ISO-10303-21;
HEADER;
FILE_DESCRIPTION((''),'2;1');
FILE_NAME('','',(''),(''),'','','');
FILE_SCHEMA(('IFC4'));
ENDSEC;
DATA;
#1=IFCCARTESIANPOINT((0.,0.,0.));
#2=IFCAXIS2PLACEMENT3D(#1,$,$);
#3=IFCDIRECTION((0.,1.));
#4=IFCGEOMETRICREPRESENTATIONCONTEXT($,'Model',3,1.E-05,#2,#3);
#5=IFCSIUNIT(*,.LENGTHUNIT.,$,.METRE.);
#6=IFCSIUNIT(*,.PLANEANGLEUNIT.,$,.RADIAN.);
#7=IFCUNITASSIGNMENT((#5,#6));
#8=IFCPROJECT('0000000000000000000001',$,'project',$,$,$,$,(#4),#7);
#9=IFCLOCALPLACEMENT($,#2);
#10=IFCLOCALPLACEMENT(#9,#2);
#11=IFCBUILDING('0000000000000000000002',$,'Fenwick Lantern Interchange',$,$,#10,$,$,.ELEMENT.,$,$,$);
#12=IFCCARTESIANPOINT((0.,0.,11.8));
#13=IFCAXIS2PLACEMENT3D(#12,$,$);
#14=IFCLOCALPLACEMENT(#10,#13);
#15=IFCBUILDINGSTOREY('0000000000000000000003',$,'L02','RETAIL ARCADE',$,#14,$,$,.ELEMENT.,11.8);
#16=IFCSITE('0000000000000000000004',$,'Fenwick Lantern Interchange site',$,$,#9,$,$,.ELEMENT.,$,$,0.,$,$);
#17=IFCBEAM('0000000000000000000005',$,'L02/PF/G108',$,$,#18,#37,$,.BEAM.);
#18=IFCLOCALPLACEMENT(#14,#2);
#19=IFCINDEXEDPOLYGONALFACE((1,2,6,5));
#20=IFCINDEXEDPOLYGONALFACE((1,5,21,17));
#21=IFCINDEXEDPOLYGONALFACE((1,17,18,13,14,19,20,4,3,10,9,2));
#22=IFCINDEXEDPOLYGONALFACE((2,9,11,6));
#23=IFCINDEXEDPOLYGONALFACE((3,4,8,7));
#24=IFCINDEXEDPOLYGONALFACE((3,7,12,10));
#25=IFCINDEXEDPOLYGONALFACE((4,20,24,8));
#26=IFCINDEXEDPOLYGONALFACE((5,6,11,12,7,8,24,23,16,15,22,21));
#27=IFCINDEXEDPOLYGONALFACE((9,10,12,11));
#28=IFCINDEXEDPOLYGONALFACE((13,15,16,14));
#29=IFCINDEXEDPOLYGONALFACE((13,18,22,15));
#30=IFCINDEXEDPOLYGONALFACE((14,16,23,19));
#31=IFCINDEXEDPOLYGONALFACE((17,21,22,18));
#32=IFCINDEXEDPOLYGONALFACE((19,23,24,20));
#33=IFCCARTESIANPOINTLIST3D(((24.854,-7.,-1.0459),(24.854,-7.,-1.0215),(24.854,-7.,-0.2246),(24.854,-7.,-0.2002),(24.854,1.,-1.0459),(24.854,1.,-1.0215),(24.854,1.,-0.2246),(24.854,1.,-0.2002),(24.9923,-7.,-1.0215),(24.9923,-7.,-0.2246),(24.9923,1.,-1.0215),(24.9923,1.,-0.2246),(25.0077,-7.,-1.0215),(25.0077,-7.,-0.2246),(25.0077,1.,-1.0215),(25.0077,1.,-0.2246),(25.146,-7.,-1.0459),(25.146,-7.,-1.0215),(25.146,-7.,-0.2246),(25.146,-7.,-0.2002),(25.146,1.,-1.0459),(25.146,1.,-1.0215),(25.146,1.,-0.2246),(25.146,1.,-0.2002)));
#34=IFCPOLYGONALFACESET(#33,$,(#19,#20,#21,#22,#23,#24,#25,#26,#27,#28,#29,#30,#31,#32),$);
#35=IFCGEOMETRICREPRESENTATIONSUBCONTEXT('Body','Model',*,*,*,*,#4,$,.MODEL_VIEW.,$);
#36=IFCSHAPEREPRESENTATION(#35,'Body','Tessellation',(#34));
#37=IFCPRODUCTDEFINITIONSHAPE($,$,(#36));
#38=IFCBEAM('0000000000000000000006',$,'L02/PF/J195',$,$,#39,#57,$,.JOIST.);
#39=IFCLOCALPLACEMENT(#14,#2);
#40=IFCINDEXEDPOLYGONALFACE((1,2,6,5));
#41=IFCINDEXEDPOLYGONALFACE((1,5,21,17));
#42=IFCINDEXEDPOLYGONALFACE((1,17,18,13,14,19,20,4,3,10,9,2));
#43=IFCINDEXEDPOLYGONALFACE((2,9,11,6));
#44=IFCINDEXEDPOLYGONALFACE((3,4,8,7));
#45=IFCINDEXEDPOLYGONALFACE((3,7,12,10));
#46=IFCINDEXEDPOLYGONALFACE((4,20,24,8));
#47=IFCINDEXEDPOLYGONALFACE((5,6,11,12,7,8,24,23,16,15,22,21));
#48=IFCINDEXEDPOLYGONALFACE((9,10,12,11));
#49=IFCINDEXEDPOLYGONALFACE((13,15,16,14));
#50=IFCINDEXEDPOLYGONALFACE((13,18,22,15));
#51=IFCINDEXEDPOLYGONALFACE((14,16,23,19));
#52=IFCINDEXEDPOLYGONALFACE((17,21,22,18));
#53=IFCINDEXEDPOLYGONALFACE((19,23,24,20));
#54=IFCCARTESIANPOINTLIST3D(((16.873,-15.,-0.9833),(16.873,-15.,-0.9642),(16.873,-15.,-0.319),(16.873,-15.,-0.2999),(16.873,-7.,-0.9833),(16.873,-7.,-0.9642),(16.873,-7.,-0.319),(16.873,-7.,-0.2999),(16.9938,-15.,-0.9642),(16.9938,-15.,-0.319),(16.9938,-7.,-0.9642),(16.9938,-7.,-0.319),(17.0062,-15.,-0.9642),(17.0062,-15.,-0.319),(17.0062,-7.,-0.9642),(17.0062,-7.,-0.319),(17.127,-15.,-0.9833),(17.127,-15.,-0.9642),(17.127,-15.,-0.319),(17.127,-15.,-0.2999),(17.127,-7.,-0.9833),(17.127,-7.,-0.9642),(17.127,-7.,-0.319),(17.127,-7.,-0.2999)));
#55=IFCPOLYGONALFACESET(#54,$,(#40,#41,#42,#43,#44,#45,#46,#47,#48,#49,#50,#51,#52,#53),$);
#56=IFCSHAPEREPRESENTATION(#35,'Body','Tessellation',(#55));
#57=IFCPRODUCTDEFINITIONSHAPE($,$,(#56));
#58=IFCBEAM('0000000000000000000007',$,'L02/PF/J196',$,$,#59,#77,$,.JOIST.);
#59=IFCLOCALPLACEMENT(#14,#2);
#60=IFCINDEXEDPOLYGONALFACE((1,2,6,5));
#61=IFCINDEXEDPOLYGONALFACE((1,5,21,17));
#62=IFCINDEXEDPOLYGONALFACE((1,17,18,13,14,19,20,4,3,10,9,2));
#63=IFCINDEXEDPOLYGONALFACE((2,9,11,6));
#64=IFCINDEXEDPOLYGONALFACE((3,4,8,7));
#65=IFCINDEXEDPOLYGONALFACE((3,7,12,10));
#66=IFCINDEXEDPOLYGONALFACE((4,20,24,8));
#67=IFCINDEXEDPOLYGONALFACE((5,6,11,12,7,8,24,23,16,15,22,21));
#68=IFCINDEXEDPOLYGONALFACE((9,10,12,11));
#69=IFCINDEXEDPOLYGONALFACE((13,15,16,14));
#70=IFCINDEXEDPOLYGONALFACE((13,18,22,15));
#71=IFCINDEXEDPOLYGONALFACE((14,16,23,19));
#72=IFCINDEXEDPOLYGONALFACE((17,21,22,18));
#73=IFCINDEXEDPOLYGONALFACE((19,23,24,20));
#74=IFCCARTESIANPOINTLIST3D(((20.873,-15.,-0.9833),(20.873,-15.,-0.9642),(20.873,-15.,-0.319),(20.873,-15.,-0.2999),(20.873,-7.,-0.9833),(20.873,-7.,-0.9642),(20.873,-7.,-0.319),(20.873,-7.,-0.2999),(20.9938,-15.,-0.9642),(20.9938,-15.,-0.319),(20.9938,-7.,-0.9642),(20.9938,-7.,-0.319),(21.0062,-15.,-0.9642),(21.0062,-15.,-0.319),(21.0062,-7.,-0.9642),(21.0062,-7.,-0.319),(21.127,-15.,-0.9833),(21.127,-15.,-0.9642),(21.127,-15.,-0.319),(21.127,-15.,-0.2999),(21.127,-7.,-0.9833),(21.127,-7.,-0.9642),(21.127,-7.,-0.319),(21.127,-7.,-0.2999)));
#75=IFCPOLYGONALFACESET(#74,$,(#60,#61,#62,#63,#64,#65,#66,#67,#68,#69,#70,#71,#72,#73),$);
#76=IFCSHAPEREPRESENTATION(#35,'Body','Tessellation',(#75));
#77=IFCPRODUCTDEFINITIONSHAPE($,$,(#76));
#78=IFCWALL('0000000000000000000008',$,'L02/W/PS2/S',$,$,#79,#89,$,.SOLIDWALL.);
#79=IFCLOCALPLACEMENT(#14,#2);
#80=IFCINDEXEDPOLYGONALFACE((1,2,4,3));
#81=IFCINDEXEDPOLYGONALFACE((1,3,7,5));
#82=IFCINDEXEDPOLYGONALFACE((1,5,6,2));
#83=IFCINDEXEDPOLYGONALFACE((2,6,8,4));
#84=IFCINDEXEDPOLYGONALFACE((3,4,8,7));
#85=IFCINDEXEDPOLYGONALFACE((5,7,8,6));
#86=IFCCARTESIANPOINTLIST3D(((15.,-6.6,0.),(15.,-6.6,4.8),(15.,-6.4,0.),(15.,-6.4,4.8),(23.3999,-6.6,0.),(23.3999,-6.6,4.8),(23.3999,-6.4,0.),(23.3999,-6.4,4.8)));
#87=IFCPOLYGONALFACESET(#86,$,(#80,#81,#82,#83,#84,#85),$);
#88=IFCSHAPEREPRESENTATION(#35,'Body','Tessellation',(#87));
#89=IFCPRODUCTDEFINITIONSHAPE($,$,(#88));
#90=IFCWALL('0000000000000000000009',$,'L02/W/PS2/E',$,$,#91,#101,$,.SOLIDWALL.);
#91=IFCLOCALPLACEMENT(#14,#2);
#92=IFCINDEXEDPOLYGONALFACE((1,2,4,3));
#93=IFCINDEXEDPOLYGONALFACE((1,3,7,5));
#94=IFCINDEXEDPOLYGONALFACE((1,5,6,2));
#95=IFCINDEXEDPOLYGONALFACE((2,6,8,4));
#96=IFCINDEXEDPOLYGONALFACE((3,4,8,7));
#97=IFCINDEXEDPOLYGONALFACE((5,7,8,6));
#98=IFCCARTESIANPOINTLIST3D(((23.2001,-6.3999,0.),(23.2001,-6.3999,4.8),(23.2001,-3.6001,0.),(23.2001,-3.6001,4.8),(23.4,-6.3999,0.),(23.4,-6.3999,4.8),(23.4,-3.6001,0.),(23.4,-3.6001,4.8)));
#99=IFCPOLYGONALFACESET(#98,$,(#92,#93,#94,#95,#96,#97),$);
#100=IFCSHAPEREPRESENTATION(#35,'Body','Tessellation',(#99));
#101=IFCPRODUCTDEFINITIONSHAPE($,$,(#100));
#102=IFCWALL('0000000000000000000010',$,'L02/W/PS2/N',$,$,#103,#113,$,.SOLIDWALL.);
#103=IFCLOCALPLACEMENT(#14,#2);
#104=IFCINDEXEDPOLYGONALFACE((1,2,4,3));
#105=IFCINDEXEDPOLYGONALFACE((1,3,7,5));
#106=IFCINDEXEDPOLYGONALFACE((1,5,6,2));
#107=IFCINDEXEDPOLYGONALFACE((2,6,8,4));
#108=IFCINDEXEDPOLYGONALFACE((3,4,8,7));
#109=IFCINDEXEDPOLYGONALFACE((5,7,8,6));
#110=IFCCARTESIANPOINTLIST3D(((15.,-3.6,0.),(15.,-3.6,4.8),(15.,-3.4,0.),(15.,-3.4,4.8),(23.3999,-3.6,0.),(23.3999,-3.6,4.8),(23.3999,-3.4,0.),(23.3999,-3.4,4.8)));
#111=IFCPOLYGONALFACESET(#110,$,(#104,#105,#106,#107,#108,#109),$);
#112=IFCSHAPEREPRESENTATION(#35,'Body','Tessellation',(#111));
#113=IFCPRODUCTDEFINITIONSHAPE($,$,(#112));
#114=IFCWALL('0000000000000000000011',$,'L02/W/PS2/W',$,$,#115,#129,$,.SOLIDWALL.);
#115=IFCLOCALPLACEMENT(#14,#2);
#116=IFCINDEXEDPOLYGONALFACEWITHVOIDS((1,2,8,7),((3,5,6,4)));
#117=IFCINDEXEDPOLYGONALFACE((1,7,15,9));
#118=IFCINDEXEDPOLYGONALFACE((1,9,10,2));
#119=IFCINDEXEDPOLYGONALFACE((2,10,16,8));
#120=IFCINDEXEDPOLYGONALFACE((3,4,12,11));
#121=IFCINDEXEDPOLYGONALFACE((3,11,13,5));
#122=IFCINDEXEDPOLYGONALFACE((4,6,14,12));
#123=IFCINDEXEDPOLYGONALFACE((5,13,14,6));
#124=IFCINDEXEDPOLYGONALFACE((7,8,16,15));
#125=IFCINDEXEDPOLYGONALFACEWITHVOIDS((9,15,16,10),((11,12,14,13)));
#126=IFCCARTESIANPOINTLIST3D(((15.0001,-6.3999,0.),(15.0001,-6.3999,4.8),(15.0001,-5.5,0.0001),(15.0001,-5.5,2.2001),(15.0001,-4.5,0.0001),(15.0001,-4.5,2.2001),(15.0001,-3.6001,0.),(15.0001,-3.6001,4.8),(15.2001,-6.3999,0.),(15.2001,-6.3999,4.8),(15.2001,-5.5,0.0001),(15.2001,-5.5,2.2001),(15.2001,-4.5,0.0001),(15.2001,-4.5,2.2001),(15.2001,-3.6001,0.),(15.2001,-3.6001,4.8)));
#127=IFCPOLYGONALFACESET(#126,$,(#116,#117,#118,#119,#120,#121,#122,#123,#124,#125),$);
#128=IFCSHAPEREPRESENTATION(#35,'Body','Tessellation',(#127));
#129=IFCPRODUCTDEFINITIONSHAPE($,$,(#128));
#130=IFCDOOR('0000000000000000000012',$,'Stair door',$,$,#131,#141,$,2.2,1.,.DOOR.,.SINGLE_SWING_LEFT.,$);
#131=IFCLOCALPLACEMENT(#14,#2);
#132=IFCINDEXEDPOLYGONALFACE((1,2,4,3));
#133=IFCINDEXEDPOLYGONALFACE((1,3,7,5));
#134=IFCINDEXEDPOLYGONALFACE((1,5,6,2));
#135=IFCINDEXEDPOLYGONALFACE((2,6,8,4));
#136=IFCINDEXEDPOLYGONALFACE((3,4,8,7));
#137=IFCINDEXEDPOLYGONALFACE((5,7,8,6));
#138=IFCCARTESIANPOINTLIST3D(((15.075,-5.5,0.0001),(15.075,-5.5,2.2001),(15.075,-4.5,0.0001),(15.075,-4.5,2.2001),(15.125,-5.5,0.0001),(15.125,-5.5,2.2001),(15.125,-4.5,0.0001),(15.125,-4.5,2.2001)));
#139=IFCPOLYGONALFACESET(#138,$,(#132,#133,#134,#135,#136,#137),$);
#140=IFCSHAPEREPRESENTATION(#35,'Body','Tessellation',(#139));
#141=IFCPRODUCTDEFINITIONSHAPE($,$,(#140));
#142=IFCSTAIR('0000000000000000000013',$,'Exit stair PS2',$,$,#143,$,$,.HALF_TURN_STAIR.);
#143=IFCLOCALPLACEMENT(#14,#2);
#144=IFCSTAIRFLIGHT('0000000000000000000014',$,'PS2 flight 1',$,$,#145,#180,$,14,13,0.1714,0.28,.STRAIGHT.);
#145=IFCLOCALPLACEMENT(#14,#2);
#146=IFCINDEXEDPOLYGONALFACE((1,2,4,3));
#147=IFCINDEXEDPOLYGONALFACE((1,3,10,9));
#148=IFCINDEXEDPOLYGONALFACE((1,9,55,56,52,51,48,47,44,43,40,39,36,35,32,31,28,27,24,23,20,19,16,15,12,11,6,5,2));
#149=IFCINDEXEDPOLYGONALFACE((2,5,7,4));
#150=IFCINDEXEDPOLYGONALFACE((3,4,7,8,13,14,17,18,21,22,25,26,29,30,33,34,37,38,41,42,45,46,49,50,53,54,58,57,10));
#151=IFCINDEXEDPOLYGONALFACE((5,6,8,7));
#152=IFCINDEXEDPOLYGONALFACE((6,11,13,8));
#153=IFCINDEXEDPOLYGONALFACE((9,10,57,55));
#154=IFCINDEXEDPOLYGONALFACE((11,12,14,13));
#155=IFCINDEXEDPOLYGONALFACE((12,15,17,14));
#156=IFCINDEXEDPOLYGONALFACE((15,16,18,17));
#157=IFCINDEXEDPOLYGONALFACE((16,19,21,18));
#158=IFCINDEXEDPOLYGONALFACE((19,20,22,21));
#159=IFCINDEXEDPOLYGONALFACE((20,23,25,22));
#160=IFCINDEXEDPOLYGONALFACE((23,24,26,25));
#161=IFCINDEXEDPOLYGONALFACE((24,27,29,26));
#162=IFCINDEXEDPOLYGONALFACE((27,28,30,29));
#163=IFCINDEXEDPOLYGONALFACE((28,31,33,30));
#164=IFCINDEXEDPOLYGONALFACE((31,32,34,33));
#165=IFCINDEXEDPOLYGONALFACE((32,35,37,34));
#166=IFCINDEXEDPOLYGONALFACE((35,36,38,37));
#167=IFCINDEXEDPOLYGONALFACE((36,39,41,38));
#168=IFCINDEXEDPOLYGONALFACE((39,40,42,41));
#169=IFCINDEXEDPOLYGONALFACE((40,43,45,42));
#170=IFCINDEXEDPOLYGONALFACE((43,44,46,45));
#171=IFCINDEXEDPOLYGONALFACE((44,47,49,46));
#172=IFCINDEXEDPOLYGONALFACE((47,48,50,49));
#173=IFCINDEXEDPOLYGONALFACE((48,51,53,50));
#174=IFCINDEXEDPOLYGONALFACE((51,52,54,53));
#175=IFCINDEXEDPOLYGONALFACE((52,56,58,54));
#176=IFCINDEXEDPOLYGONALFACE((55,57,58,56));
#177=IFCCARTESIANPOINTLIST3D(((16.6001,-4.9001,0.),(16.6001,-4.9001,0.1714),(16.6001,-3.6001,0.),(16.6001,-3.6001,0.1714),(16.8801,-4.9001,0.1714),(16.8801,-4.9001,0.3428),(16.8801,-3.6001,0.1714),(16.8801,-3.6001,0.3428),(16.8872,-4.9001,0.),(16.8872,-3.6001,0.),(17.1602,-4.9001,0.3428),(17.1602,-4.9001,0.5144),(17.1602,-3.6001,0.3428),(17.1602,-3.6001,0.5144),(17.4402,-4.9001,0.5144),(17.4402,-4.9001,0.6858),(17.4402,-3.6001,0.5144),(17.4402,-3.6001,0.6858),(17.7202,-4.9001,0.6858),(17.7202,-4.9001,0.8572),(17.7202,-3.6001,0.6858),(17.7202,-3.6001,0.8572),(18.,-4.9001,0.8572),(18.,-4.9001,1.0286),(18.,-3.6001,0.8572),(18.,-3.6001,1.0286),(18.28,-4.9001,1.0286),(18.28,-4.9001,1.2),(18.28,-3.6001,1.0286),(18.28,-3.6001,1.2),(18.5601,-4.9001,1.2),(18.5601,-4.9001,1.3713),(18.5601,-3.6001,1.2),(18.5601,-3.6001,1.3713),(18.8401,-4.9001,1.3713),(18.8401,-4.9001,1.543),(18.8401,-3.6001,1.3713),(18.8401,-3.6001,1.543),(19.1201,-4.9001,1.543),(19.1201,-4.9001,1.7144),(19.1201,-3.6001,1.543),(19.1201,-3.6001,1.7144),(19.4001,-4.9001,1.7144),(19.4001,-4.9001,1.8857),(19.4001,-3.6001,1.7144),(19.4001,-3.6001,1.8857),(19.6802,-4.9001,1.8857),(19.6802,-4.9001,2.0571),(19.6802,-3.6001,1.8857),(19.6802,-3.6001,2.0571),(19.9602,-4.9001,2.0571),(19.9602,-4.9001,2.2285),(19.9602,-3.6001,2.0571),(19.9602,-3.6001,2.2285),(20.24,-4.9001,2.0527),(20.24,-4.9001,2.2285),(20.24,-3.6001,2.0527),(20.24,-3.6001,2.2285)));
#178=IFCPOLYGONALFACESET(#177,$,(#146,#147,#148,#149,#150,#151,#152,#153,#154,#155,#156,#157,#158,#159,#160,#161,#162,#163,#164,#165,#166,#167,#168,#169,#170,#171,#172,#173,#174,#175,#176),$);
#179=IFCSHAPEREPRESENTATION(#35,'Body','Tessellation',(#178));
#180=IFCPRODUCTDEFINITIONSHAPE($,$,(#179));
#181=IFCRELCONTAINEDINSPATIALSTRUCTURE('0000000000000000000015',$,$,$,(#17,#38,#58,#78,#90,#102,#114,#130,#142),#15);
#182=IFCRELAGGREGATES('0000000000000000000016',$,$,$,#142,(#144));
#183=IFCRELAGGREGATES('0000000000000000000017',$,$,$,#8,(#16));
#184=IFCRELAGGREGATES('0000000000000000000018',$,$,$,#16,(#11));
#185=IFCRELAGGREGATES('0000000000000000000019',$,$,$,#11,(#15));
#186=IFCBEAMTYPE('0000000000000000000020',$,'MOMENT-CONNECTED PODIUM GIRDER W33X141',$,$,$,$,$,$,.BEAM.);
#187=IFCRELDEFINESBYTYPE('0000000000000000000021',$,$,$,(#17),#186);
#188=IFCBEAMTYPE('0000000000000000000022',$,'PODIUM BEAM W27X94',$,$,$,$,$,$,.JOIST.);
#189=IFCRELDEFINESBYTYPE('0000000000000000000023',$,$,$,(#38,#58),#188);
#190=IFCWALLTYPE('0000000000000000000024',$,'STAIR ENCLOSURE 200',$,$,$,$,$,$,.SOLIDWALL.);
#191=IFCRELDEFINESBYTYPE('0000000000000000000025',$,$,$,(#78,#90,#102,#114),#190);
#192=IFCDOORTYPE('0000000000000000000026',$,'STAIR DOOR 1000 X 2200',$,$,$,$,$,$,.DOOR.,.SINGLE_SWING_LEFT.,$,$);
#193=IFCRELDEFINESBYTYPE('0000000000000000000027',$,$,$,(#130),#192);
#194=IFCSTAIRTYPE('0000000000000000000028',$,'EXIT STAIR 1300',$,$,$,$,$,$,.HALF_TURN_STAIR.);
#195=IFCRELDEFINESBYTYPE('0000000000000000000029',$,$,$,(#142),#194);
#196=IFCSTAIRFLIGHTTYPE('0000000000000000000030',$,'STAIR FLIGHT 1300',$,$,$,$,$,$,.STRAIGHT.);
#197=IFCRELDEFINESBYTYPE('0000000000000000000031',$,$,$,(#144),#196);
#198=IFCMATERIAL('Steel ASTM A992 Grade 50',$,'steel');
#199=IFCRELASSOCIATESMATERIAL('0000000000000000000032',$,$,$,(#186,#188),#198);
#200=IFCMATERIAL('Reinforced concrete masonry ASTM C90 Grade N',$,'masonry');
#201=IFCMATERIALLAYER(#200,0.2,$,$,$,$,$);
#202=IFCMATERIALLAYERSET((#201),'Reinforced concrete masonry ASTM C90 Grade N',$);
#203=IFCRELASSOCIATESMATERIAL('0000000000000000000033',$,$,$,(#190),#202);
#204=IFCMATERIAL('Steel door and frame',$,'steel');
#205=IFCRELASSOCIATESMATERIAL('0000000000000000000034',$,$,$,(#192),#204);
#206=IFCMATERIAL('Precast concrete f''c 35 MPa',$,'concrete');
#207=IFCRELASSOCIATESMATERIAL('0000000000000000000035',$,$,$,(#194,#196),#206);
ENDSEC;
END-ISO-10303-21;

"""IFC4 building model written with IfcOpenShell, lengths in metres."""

from ifc_helpers import new_model, si_unit, direction, frame, frame_2d, origin, origin_2d, place, context, subcontext, project, spatial, polyline, rectangle, i_section, outline, extrude, material, layer, layer_set, material_profile, profile_set, type_object, element, fill, aggregate, save


model = new_model("IFC4")

# Units and contexts
model_context = context("Model", 3, precision=1e-05, world=origin(), true_north=direction((0.0, 1.0)))
body_context = subcontext(model_context, "Body", "Model", "MODEL_VIEW")
ifc_project = project(units=[si_unit("LENGTHUNIT", "METRE"), si_unit("PLANEANGLEUNIT", "RADIAN")], contexts=[model_context])

# Site, building, storey
site_placement = place(None, origin())
site = spatial("IfcSite", under=ifc_project, at=site_placement, Name="Fenwick Lantern Interchange site", CompositionType="ELEMENT", RefElevation=0.0)
building_placement = place(site_placement, origin())
building = spatial("IfcBuilding", under=site, at=building_placement, Name="Fenwick Lantern Interchange", CompositionType="ELEMENT")
storey_placement = place(building_placement, frame((0.0, 0.0, 11.8)))
storey = spatial("IfcBuildingStorey", under=building, at=storey_placement, Name="L02", Description="RETAIL ARCADE", CompositionType="ELEMENT", Elevation=11.8)

# Shared definitions
ifc_material_1 = material(Name="Steel ASTM A992 Grade 50", Category="steel")

# Beams
ifc_material_profile_1 = material_profile(ifc_material_1, i_section(OverallWidth=0.292, OverallDepth=0.8457, WebThickness=0.0154, FlangeThickness=0.0244, at=origin_2d()), Name="W33X141")
ifc_profile_set_1 = profile_set([ifc_material_profile_1], Name="Steel ASTM A992 Grade 50")
beam_type_1 = type_object("IfcBeamType", Name="MOMENT-CONNECTED PODIUM GIRDER W33X141", PredefinedType="BEAM", material=ifc_profile_set_1)
for number, where, z_axis, x_axis, name in (
    (1, (25.0, -7.0, -0.623), (0.0, 1.0, 0.0), (-1.0, 0.0, 0.0), "L02/PF/G108"),
):
    element("IfcBeam", number, at=place(storey_placement, frame(where, z_axis=z_axis, x_axis=x_axis)), inside=storey, type_object=beam_type_1, Name=name, PredefinedType="BEAM", context=body_context, shape_type="SweptSolid", body=[
        extrude(i_section(OverallWidth=0.292, OverallDepth=0.8457, WebThickness=0.0154, FlangeThickness=0.0244, at=origin_2d()), origin(), (0.0, 0.0, 1.0), 8.0),
    ])
ifc_material_profile_2 = material_profile(ifc_material_1, i_section(OverallWidth=0.2539, OverallDepth=0.6833, WebThickness=0.0125, FlangeThickness=0.019, at=origin_2d()), Name="W27X94")
ifc_profile_set_2 = profile_set([ifc_material_profile_2], Name="Steel ASTM A992 Grade 50")
beam_type_2 = type_object("IfcBeamType", Name="PODIUM BEAM W27X94", PredefinedType="JOIST", material=ifc_profile_set_2)
for number, where, z_axis, x_axis, name in (
    (2, (17.0, -15.0, -0.6416), (0.0, 1.0, 0.0), (-1.0, 0.0, 0.0), "L02/PF/J195"),
    (3, (21.0, -15.0, -0.6416), (0.0, 1.0, 0.0), (-1.0, 0.0, 0.0), "L02/PF/J196"),
):
    element("IfcBeam", number, at=place(storey_placement, frame(where, z_axis=z_axis, x_axis=x_axis)), inside=storey, type_object=beam_type_2, Name=name, PredefinedType="JOIST", context=body_context, shape_type="SweptSolid", body=[
        extrude(i_section(OverallWidth=0.2539, OverallDepth=0.6833, WebThickness=0.0125, FlangeThickness=0.019, at=origin_2d()), origin(), (0.0, 0.0, 1.0), 8.0),
    ])

# Walls
ifc_material_2 = material(Name="Reinforced concrete masonry ASTM C90 Grade N", Category="masonry")
ifc_layer = layer(ifc_material_2, 0.2)
ifc_layer_set = layer_set([ifc_layer], Name="Reinforced concrete masonry ASTM C90 Grade N")
wall_type = type_object("IfcWallType", Name="STAIR ENCLOSURE 200", PredefinedType="SOLIDWALL", material=ifc_layer_set)
wall_1_placement = place(storey_placement, frame((15.0, -6.5, 0.0), z_axis=(0.0, 0.0, 1.0), x_axis=(1.0, 0.0, 0.0)))
element("IfcWall", 4, at=wall_1_placement, inside=storey, type_object=wall_type, Name="L02/W/PS2/S", PredefinedType="SOLIDWALL", context=body_context, shape_type="SweptSolid", body=[
    extrude(rectangle(XDim=8.3999, YDim=0.2, at=frame_2d((4.2, 0.0))), origin(), (0.0, 0.0, 1.0), 4.8),
])
wall_2_placement = place(storey_placement, frame((23.3, -6.3999, 0.0), z_axis=(0.0, 0.0, 1.0), x_axis=(0.0, 1.0, 0.0)))
element("IfcWall", 5, at=wall_2_placement, inside=storey, type_object=wall_type, Name="L02/W/PS2/E", PredefinedType="SOLIDWALL", context=body_context, shape_type="SweptSolid", body=[
    extrude(rectangle(XDim=2.7998, YDim=0.2, at=frame_2d((1.3999, 0.0))), origin(), (0.0, 0.0, 1.0), 4.8),
])
wall_3_placement = place(storey_placement, frame((23.3999, -3.5, 0.0), z_axis=(0.0, 0.0, 1.0), x_axis=(-1.0, 0.0, 0.0)))
element("IfcWall", 6, at=wall_3_placement, inside=storey, type_object=wall_type, Name="L02/W/PS2/N", PredefinedType="SOLIDWALL", context=body_context, shape_type="SweptSolid", body=[
    extrude(rectangle(XDim=8.3999, YDim=0.2, at=frame_2d((4.2, 0.0))), origin(), (0.0, 0.0, 1.0), 4.8),
])

# Wall, opening, door
wall_4_placement = place(storey_placement, frame((15.1001, -3.6001, 0.0), z_axis=(0.0, 0.0, 1.0), x_axis=(0.0, -1.0, 0.0)))
wall_4 = element("IfcWall", 7, at=wall_4_placement, inside=storey, type_object=wall_type, Name="L02/W/PS2/W", PredefinedType="SOLIDWALL", context=body_context, shape_type="SweptSolid", body=[
    extrude(rectangle(XDim=2.7998, YDim=0.2, at=frame_2d((1.3999, 0.0))), origin(), (0.0, 0.0, 1.0), 4.8),
])
opening_placement = place(wall_4_placement, frame((0.8999, 0.0, 0.0)))
opening = element("IfcOpeningElement", 8, at=opening_placement, cuts=wall_4, PredefinedType="OPENING", context=body_context, shape_type="SweptSolid", body=[
    extrude(rectangle(XDim=1.0, YDim=2.2, at=frame_2d((0.5, 1.1001))), frame((0.0, 0.1099, 0.0), z_axis=(0.0, -1.0, 0.0), x_axis=(1.0, 0.0, 0.0)), (0.0, 0.0, 1.0), 0.22),
])
ifc_material_3 = material(Name="Steel door and frame", Category="steel")
door_type = type_object("IfcDoorType", Name="STAIR DOOR 1000 X 2200", OperationType="SINGLE_SWING_LEFT", PredefinedType="DOOR", material=ifc_material_3)
door_placement = place(opening_placement, origin())
door = element("IfcDoor", 9, at=door_placement, inside=storey, type_object=door_type, Name="Stair door", OperationType="SINGLE_SWING_LEFT", OverallHeight=2.2, OverallWidth=1.0, PredefinedType="DOOR", context=body_context, shape_type="SweptSolid", body=[
    extrude(rectangle(XDim=1.0, YDim=2.2, at=frame_2d((0.5, 1.1001))), frame((0.0, 0.0249, 0.0), z_axis=(0.0, -1.0, 0.0), x_axis=(1.0, 0.0, 0.0)), (0.0, 0.0, 1.0), 0.05),
])
fill(opening, door)

# Stair, stair flight
ifc_material_4 = material(Name="Precast concrete f'c 35 MPa", Category="concrete")
stair_type = type_object("IfcStairType", Name="EXIT STAIR 1300", PredefinedType="HALF_TURN_STAIR", material=ifc_material_4)
stair_placement = place(storey_placement, origin())
stair = element("IfcStair", 10, at=stair_placement, inside=storey, type_object=stair_type, Name="Exit stair PS2", PredefinedType="HALF_TURN_STAIR")
stair_flight_type = type_object("IfcStairFlightType", Name="STAIR FLIGHT 1300", PredefinedType="STRAIGHT", material=ifc_material_4)
stair_flight_1_placement = place(storey_placement, frame((16.6001, -4.25, 0.0), z_axis=(0.0, 0.0, 1.0), x_axis=(1.0, 0.0, 0.0)))
stair_flight_1 = element("IfcStairFlight", 11, at=stair_flight_1_placement, type_object=stair_flight_type, Name="PS2 flight 1", NumberOfRisers=14, NumberOfTreads=13, PredefinedType="STRAIGHT", RiserHeight=0.1714, TreadLength=0.28, context=body_context, shape_type="SweptSolid", body=[
    extrude(outline(polyline([(0.0, 0.0), (0.0, 0.1714), (0.28, 0.1714), (0.28, 0.3428), (0.5601, 0.3428), (0.5601, 0.5144), (0.8401, 0.5144), (0.8401, 0.6858), (1.1201, 0.6858), (1.1201, 0.8572), (1.3999, 0.8572), (1.3999, 1.0286), (1.6799, 1.0286), (1.6799, 1.2), (1.96, 1.2), (1.96, 1.3713), (2.24, 1.3713), (2.24, 1.543), (2.52, 1.543), (2.52, 1.7144), (2.8, 1.7144), (2.8, 1.8857), (3.0801, 1.8857), (3.0801, 2.0571), (3.3601, 2.0571), (3.3601, 2.2285), (3.6399, 2.2285), (3.6399, 2.3999), (3.6399, 2.0527), (0.2871, 0.0), (0.0, 0.0)])), frame((0.0, 0.6499, 0.0), z_axis=(0.0, -1.0, 0.0), x_axis=(1.0, 0.0, 0.0)), (0.0, 0.0, 1.0), 1.3),
])
aggregate(stair, [stair_flight_1])

save(model, "model.ifc")
